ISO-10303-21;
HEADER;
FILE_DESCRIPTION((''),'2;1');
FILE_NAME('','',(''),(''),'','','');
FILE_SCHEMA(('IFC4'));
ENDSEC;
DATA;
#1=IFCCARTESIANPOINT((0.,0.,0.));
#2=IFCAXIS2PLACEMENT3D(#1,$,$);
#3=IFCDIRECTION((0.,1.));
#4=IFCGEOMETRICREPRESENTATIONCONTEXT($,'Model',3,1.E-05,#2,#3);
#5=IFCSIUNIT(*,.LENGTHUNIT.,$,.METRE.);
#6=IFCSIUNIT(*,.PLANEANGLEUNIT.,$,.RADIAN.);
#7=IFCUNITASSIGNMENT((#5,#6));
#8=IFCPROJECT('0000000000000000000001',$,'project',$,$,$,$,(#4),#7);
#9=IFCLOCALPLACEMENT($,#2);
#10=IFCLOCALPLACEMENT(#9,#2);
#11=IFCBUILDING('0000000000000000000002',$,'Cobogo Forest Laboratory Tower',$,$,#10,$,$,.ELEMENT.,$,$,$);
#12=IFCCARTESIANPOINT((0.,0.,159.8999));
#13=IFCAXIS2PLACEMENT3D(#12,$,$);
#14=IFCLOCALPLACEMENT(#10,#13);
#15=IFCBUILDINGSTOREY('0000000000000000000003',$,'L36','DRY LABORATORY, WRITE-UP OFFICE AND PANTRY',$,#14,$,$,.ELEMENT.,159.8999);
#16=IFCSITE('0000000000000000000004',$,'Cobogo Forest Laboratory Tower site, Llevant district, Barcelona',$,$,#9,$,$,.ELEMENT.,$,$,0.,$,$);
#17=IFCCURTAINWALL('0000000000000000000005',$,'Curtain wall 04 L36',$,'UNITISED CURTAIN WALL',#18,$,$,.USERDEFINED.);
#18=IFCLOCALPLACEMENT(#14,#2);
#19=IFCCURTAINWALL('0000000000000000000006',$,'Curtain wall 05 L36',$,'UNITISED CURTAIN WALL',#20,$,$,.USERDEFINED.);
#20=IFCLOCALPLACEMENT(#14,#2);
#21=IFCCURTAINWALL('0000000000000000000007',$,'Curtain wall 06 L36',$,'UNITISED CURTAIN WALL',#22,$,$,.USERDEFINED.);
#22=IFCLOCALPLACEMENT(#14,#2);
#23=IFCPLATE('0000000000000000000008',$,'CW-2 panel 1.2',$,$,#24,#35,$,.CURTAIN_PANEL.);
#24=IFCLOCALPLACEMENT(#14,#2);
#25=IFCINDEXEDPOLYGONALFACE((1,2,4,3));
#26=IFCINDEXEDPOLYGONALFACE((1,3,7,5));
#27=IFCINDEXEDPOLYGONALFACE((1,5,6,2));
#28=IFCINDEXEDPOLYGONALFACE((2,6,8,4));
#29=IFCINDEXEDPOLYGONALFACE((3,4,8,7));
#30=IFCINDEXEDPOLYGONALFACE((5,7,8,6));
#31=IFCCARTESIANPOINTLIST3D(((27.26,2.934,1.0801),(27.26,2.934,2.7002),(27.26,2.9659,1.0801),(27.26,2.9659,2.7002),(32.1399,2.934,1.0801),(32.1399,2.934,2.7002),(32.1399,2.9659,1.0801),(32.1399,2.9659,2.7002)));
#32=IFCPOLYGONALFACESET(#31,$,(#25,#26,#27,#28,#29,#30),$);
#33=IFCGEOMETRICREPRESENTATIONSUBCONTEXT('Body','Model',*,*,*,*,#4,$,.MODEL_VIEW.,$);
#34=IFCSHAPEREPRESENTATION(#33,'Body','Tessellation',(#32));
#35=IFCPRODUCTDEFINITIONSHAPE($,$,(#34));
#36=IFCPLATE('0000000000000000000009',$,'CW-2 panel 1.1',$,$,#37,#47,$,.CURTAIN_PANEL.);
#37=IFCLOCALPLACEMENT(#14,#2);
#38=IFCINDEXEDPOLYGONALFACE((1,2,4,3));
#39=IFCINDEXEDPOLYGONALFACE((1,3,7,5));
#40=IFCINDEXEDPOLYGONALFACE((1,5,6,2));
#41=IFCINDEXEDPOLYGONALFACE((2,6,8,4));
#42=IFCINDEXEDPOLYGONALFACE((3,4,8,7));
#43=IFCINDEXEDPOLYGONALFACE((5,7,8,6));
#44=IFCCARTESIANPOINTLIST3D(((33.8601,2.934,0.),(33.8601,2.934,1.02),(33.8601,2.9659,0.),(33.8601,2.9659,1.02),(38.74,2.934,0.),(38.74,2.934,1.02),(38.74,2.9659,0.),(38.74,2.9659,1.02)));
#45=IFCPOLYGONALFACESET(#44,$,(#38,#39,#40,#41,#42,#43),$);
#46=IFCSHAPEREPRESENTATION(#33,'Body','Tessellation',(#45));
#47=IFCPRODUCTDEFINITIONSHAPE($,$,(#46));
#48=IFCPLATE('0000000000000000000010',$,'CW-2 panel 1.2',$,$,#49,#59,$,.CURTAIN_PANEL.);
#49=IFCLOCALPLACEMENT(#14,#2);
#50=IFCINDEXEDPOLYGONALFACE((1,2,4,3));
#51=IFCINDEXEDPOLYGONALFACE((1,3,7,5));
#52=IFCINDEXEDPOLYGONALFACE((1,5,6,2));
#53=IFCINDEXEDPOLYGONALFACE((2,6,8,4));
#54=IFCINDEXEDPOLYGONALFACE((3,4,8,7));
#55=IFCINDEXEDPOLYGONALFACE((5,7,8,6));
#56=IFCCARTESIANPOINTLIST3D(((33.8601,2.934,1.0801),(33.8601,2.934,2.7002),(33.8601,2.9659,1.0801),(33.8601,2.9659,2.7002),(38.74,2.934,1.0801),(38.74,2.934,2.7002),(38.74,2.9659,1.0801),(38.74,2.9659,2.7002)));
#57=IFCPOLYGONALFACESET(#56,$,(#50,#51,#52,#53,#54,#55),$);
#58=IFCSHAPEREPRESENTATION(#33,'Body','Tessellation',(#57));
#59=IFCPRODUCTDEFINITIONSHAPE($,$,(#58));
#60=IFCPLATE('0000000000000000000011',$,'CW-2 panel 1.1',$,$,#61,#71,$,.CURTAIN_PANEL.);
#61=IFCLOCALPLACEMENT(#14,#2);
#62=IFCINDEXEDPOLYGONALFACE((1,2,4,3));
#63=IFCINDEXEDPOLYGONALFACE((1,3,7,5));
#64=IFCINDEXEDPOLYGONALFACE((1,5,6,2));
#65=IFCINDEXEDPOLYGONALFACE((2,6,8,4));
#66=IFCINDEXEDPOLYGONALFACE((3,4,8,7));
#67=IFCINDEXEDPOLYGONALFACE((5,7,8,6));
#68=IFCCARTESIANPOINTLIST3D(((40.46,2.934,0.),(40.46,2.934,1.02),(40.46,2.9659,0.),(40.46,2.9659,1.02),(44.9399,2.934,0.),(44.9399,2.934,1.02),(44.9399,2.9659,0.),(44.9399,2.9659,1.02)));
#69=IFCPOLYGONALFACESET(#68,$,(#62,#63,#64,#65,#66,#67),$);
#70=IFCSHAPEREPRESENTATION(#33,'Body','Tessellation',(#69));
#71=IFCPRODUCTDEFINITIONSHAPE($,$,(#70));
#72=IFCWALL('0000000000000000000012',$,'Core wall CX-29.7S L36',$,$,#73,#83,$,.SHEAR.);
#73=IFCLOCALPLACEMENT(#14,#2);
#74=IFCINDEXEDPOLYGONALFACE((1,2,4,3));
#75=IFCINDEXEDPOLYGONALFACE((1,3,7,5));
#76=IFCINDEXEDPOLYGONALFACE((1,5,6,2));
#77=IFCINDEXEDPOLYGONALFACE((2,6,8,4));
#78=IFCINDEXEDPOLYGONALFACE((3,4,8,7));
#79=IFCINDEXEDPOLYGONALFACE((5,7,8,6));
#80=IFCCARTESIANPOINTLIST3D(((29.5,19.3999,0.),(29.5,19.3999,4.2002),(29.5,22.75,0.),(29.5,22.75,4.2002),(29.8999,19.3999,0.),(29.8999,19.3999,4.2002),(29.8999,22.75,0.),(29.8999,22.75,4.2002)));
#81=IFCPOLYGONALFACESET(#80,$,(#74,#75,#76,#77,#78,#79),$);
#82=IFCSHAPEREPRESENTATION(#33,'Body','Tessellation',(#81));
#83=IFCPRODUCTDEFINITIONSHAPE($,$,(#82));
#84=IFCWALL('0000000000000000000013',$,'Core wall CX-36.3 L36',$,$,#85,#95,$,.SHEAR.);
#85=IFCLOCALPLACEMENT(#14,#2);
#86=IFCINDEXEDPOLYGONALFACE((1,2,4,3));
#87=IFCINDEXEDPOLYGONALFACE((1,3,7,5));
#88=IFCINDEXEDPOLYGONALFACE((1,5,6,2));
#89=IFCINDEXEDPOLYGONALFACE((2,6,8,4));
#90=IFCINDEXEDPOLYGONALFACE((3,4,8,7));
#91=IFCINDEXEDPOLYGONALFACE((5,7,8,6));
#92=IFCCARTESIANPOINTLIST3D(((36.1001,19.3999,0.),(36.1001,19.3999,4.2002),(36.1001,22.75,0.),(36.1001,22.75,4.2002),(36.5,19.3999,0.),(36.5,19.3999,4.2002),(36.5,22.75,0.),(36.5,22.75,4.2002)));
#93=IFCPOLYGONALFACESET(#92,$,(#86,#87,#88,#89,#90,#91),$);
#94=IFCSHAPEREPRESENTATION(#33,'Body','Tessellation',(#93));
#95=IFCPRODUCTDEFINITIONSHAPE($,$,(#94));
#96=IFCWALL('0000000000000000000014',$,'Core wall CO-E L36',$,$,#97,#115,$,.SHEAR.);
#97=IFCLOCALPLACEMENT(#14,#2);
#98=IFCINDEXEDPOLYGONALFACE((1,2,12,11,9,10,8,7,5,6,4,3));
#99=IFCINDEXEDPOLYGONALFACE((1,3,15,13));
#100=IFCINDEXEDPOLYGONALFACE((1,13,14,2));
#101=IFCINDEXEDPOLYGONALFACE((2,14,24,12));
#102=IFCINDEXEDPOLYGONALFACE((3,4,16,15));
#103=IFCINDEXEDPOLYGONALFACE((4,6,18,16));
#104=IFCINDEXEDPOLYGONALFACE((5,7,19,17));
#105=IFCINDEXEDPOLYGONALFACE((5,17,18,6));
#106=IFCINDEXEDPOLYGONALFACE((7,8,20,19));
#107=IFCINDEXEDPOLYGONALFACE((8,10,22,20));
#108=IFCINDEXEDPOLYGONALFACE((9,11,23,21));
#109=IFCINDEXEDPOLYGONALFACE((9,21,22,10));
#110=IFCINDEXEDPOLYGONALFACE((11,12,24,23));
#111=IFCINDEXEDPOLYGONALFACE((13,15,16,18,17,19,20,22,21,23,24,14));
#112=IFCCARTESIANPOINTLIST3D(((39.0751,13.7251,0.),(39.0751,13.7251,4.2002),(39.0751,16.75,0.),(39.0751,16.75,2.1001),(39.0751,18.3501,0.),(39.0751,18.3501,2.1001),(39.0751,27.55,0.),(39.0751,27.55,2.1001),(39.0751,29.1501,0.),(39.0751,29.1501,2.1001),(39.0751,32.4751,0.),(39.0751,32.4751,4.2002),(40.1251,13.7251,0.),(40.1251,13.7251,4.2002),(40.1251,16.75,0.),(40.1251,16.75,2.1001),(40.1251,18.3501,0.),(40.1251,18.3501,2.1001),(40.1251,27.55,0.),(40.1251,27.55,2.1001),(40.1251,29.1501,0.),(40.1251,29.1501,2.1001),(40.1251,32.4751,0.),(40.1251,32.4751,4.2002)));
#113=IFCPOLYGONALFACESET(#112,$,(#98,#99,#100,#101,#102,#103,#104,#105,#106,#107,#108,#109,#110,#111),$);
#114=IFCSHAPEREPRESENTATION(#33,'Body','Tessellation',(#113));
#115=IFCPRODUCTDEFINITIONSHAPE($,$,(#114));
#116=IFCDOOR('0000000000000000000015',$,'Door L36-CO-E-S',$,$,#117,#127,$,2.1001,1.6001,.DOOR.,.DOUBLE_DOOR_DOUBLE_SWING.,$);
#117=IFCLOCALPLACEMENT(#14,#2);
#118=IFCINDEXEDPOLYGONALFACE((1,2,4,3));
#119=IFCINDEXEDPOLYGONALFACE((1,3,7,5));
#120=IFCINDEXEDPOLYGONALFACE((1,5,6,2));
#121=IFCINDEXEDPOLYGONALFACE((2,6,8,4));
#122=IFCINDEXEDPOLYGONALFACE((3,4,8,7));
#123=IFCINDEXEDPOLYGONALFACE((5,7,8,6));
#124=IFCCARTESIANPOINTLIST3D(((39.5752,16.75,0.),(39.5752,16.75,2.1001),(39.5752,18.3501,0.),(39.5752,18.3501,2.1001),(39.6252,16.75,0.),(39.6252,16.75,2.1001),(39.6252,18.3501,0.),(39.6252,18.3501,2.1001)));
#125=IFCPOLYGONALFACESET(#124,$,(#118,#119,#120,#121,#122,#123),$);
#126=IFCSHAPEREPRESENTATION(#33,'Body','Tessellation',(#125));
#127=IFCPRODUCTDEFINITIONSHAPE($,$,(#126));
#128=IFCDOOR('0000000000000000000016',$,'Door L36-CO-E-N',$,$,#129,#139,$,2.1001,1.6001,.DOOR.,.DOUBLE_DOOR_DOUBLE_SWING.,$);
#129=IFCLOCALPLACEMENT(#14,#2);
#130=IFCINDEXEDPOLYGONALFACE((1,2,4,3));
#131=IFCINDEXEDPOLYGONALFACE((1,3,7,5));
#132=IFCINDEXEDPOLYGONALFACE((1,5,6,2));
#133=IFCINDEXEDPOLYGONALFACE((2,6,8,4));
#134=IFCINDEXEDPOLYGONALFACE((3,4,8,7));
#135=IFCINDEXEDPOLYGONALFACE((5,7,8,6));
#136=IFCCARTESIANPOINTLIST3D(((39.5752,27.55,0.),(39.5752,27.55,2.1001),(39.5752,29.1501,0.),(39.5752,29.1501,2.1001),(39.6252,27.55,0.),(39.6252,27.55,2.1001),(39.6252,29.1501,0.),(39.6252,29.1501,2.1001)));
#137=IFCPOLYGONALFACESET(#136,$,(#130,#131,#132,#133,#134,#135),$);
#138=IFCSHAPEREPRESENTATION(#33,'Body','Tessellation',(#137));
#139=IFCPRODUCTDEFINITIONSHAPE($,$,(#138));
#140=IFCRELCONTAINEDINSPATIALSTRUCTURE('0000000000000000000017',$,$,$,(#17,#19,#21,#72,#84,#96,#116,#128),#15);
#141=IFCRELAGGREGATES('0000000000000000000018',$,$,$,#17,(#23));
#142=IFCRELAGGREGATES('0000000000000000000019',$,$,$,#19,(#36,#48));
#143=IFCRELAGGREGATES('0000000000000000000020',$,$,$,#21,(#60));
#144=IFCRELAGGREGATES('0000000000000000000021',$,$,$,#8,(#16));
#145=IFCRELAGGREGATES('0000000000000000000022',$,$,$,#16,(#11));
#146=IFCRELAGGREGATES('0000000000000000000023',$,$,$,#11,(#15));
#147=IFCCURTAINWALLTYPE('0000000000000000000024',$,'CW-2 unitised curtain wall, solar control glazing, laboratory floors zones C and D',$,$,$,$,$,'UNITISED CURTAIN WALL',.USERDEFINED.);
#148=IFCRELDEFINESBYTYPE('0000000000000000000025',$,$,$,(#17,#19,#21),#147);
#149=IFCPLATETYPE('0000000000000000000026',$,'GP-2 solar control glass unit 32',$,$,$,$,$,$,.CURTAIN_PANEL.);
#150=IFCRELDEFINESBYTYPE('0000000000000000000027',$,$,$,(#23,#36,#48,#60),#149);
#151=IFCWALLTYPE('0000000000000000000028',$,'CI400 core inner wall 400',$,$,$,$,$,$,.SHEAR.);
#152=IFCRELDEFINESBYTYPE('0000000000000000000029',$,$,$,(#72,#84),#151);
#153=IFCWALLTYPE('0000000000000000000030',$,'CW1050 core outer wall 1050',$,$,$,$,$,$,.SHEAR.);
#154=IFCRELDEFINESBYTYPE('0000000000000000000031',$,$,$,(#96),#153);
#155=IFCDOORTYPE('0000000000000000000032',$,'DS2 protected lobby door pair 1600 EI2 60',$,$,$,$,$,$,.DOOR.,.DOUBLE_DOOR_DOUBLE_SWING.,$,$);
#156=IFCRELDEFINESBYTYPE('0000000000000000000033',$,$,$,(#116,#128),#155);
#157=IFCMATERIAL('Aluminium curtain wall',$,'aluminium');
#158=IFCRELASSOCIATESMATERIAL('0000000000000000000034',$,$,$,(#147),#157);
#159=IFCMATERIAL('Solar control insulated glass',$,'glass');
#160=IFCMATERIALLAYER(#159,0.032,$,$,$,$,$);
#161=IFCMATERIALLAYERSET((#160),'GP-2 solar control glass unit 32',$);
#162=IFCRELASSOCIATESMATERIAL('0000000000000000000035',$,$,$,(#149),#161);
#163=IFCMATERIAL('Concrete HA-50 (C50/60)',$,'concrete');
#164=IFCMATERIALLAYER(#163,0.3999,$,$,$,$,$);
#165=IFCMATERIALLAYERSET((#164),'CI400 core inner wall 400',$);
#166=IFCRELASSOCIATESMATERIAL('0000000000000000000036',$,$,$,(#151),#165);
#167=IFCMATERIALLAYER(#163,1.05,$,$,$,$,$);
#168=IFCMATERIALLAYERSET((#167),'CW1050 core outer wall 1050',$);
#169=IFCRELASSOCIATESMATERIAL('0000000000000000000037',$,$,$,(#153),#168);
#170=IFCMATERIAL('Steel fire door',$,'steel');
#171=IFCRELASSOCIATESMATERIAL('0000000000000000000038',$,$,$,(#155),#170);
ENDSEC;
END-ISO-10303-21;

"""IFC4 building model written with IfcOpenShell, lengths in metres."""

from ifc_helpers import new_model, si_unit, direction, frame, frame_2d, origin, origin_2d, place, context, subcontext, project, spatial, rectangle, extrude, material, layer, layer_set, type_object, element, fill, aggregate, save


model = new_model("IFC4")

# Units and contexts
model_context = context("Model", 3, precision=1e-05, world=origin(), true_north=direction((0.0, 1.0)))
body_context = subcontext(model_context, "Body", "Model", "MODEL_VIEW")
ifc_project = project(units=[si_unit("LENGTHUNIT", "METRE"), si_unit("PLANEANGLEUNIT", "RADIAN")], contexts=[model_context])

# Site, building, storey
site_placement = place(None, origin())
site = spatial("IfcSite", under=ifc_project, at=site_placement, Name="Cobogo Forest Laboratory Tower site, Llevant district, Barcelona", CompositionType="ELEMENT", RefElevation=0.0)
building_placement = place(site_placement, origin())
building = spatial("IfcBuilding", under=site, at=building_placement, Name="Cobogo Forest Laboratory Tower", CompositionType="ELEMENT")
storey_placement = place(building_placement, frame((0.0, 0.0, 159.8999)))
storey = spatial("IfcBuildingStorey", under=building, at=storey_placement, Name="L36", Description="DRY LABORATORY, WRITE-UP OFFICE AND PANTRY", CompositionType="ELEMENT", Elevation=159.8999)

# Shared definitions
ifc_material_1 = material(Name="Concrete HA-50 (C50/60)", Category="concrete")

# Curtain wall
ifc_material_2 = material(Name="Aluminium curtain wall", Category="aluminium")
curtain_wall_type = type_object("IfcCurtainWallType", Name="CW-2 unitised curtain wall, solar control glazing, laboratory floors zones C and D", ElementType="UNITISED CURTAIN WALL", PredefinedType="USERDEFINED", material=ifc_material_2)
curtain_wall_1_placement = place(storey_placement, origin())
curtain_wall_1 = element("IfcCurtainWall", 1, at=curtain_wall_1_placement, inside=storey, type_object=curtain_wall_type, Name="Curtain wall 04 L36", ObjectType="UNITISED CURTAIN WALL", PredefinedType="USERDEFINED")

# Curtain wall
curtain_wall_2_placement = place(storey_placement, origin())
curtain_wall_2 = element("IfcCurtainWall", 2, at=curtain_wall_2_placement, inside=storey, type_object=curtain_wall_type, Name="Curtain wall 05 L36", ObjectType="UNITISED CURTAIN WALL", PredefinedType="USERDEFINED")

# Curtain wall
curtain_wall_3_placement = place(storey_placement, origin())
curtain_wall_3 = element("IfcCurtainWall", 3, at=curtain_wall_3_placement, inside=storey, type_object=curtain_wall_type, Name="Curtain wall 06 L36", ObjectType="UNITISED CURTAIN WALL", PredefinedType="USERDEFINED")

# Plates
ifc_material_3 = material(Name="Solar control insulated glass", Category="glass")
ifc_layer_1 = layer(ifc_material_3, 0.032)
ifc_layer_set_1 = layer_set([ifc_layer_1], Name="GP-2 solar control glass unit 32")
plate_type_1 = type_object("IfcPlateType", Name="GP-2 solar control glass unit 32", PredefinedType="CURTAIN_PANEL", material=ifc_layer_set_1)
plate_1_placement = place(storey_placement, frame((29.7, 2.95, 1.0801), z_axis=(0.0, 0.0, 1.0), x_axis=(1.0, 0.0, 0.0)))
plate_1 = element("IfcPlate", 4, at=plate_1_placement, type_object=plate_type_1, Name="CW-2 panel 1.2", PredefinedType="CURTAIN_PANEL", context=body_context, shape_type="SweptSolid", body=[
    extrude(rectangle(XDim=4.8799, YDim=0.032, at=origin_2d()), origin(), (0.0, 0.0, 1.0), 1.6201),
])
aggregate(curtain_wall_1, [plate_1])
plate_2_placement = place(storey_placement, frame((36.3, 2.95, 0.0), z_axis=(0.0, 0.0, 1.0), x_axis=(1.0, 0.0, 0.0)))
plate_2 = element("IfcPlate", 5, at=plate_2_placement, type_object=plate_type_1, Name="CW-2 panel 1.1", PredefinedType="CURTAIN_PANEL", context=body_context, shape_type="SweptSolid", body=[
    extrude(rectangle(XDim=4.8799, YDim=0.032, at=origin_2d()), origin(), (0.0, 0.0, 1.0), 1.02),
])
plate_3_placement = place(storey_placement, frame((36.3, 2.95, 1.0801), z_axis=(0.0, 0.0, 1.0), x_axis=(1.0, 0.0, 0.0)))
plate_3 = element("IfcPlate", 6, at=plate_3_placement, type_object=plate_type_1, Name="CW-2 panel 1.2", PredefinedType="CURTAIN_PANEL", context=body_context, shape_type="SweptSolid", body=[
    extrude(rectangle(XDim=4.8799, YDim=0.032, at=origin_2d()), origin(), (0.0, 0.0, 1.0), 1.6201),
])
aggregate(curtain_wall_2, [plate_2, plate_3])
plate_4_placement = place(storey_placement, frame((42.7, 2.95, 0.0), z_axis=(0.0, 0.0, 1.0), x_axis=(1.0, 0.0, 0.0)))
plate_4 = element("IfcPlate", 7, at=plate_4_placement, type_object=plate_type_1, Name="CW-2 panel 1.1", PredefinedType="CURTAIN_PANEL", context=body_context, shape_type="SweptSolid", body=[
    extrude(rectangle(XDim=4.48, YDim=0.032, at=origin_2d()), origin(), (0.0, 0.0, 1.0), 1.02),
])
aggregate(curtain_wall_3, [plate_4])

# Walls
ifc_layer_2 = layer(ifc_material_1, 0.3999)
ifc_layer_set_2 = layer_set([ifc_layer_2], Name="CI400 core inner wall 400")
wall_type_1 = type_object("IfcWallType", Name="CI400 core inner wall 400", PredefinedType="SHEAR", material=ifc_layer_set_2)
for number, where, z_axis, x_axis, name in (
    (8, (29.7, 19.3999, 0.0), (0.0, 0.0, 1.0), (0.0, 1.0, 0.0), "Core wall CX-29.7S L36"),
    (9, (36.3, 19.3999, 0.0), (0.0, 0.0, 1.0), (0.0, 1.0, 0.0), "Core wall CX-36.3 L36"),
):
    element("IfcWall", number, at=place(storey_placement, frame(where, z_axis=z_axis, x_axis=x_axis)), inside=storey, type_object=wall_type_1, Name=name, PredefinedType="SHEAR", context=body_context, shape_type="SweptSolid", body=[
        extrude(rectangle(XDim=3.3501, YDim=0.3999, at=frame_2d((1.675, 0.0))), origin(), (0.0, 0.0, 1.0), 4.2002),
    ])

# Wall, openings, doors
ifc_layer_3 = layer(ifc_material_1, 1.05)
ifc_layer_set_3 = layer_set([ifc_layer_3], Name="CW1050 core outer wall 1050")
wall_type_2 = type_object("IfcWallType", Name="CW1050 core outer wall 1050", PredefinedType="SHEAR", material=ifc_layer_set_3)
wall_1_placement = place(storey_placement, frame((39.6001, 13.7251, 0.0), z_axis=(0.0, 0.0, 1.0), x_axis=(0.0, 1.0, 0.0)))
wall_1 = element("IfcWall", 10, at=wall_1_placement, inside=storey, type_object=wall_type_2, Name="Core wall CO-E L36", PredefinedType="SHEAR", context=body_context, shape_type="SweptSolid", body=[
    extrude(rectangle(XDim=18.75, YDim=1.05, at=frame_2d((9.375, 0.0))), origin(), (0.0, 0.0, 1.0), 4.2002),
])
opening_1_placement = place(wall_1_placement, frame((3.0249, 0.0, 0.0)))
opening_1 = element("IfcOpeningElement", 11, at=opening_1_placement, cuts=wall_1, PredefinedType="OPENING", context=body_context, shape_type="SweptSolid", body=[
    extrude(rectangle(XDim=1.6001, YDim=2.1001, at=frame_2d((0.8, 1.05))), frame((0.0, 0.5349, 0.0), z_axis=(0.0, -1.0, 0.0), x_axis=(1.0, 0.0, 0.0)), (0.0, 0.0, 1.0), 1.0701),
])
opening_2_placement = place(wall_1_placement, frame((13.825, 0.0, 0.0)))
opening_2 = element("IfcOpeningElement", 12, at=opening_2_placement, cuts=wall_1, PredefinedType="OPENING", context=body_context, shape_type="SweptSolid", body=[
    extrude(rectangle(XDim=1.6001, YDim=2.1001, at=frame_2d((0.8, 1.05))), frame((0.0, 0.5349, 0.0), z_axis=(0.0, -1.0, 0.0), x_axis=(1.0, 0.0, 0.0)), (0.0, 0.0, 1.0), 1.0701),
])
ifc_material_4 = material(Name="Steel fire door", Category="steel")
door_type_1 = type_object("IfcDoorType", Name="DS2 protected lobby door pair 1600 EI2 60", OperationType="DOUBLE_DOOR_DOUBLE_SWING", PredefinedType="DOOR", material=ifc_material_4)
door_1_placement = place(opening_1_placement, origin())
door_1 = element("IfcDoor", 13, at=door_1_placement, inside=storey, type_object=door_type_1, Name="Door L36-CO-E-S", OperationType="DOUBLE_DOOR_DOUBLE_SWING", OverallHeight=2.1001, OverallWidth=1.6001, PredefinedType="DOOR", context=body_context, shape_type="SweptSolid", body=[
    extrude(rectangle(XDim=1.6001, YDim=2.1001, at=frame_2d((0.8, 1.05))), frame((0.0, 0.0249, 0.0), z_axis=(0.0, -1.0, 0.0), x_axis=(1.0, 0.0, 0.0)), (0.0, 0.0, 1.0), 0.05),
])
fill(opening_1, door_1)
door_2_placement = place(opening_2_placement, origin())
door_2 = element("IfcDoor", 14, at=door_2_placement, inside=storey, type_object=door_type_1, Name="Door L36-CO-E-N", OperationType="DOUBLE_DOOR_DOUBLE_SWING", OverallHeight=2.1001, OverallWidth=1.6001, PredefinedType="DOOR", context=body_context, shape_type="SweptSolid", body=[
    extrude(rectangle(XDim=1.6001, YDim=2.1001, at=frame_2d((0.8, 1.05))), frame((0.0, 0.0249, 0.0), z_axis=(0.0, -1.0, 0.0), x_axis=(1.0, 0.0, 0.0)), (0.0, 0.0, 1.0), 0.05),
])
fill(opening_2, door_2)

save(model, "model.ifc")
